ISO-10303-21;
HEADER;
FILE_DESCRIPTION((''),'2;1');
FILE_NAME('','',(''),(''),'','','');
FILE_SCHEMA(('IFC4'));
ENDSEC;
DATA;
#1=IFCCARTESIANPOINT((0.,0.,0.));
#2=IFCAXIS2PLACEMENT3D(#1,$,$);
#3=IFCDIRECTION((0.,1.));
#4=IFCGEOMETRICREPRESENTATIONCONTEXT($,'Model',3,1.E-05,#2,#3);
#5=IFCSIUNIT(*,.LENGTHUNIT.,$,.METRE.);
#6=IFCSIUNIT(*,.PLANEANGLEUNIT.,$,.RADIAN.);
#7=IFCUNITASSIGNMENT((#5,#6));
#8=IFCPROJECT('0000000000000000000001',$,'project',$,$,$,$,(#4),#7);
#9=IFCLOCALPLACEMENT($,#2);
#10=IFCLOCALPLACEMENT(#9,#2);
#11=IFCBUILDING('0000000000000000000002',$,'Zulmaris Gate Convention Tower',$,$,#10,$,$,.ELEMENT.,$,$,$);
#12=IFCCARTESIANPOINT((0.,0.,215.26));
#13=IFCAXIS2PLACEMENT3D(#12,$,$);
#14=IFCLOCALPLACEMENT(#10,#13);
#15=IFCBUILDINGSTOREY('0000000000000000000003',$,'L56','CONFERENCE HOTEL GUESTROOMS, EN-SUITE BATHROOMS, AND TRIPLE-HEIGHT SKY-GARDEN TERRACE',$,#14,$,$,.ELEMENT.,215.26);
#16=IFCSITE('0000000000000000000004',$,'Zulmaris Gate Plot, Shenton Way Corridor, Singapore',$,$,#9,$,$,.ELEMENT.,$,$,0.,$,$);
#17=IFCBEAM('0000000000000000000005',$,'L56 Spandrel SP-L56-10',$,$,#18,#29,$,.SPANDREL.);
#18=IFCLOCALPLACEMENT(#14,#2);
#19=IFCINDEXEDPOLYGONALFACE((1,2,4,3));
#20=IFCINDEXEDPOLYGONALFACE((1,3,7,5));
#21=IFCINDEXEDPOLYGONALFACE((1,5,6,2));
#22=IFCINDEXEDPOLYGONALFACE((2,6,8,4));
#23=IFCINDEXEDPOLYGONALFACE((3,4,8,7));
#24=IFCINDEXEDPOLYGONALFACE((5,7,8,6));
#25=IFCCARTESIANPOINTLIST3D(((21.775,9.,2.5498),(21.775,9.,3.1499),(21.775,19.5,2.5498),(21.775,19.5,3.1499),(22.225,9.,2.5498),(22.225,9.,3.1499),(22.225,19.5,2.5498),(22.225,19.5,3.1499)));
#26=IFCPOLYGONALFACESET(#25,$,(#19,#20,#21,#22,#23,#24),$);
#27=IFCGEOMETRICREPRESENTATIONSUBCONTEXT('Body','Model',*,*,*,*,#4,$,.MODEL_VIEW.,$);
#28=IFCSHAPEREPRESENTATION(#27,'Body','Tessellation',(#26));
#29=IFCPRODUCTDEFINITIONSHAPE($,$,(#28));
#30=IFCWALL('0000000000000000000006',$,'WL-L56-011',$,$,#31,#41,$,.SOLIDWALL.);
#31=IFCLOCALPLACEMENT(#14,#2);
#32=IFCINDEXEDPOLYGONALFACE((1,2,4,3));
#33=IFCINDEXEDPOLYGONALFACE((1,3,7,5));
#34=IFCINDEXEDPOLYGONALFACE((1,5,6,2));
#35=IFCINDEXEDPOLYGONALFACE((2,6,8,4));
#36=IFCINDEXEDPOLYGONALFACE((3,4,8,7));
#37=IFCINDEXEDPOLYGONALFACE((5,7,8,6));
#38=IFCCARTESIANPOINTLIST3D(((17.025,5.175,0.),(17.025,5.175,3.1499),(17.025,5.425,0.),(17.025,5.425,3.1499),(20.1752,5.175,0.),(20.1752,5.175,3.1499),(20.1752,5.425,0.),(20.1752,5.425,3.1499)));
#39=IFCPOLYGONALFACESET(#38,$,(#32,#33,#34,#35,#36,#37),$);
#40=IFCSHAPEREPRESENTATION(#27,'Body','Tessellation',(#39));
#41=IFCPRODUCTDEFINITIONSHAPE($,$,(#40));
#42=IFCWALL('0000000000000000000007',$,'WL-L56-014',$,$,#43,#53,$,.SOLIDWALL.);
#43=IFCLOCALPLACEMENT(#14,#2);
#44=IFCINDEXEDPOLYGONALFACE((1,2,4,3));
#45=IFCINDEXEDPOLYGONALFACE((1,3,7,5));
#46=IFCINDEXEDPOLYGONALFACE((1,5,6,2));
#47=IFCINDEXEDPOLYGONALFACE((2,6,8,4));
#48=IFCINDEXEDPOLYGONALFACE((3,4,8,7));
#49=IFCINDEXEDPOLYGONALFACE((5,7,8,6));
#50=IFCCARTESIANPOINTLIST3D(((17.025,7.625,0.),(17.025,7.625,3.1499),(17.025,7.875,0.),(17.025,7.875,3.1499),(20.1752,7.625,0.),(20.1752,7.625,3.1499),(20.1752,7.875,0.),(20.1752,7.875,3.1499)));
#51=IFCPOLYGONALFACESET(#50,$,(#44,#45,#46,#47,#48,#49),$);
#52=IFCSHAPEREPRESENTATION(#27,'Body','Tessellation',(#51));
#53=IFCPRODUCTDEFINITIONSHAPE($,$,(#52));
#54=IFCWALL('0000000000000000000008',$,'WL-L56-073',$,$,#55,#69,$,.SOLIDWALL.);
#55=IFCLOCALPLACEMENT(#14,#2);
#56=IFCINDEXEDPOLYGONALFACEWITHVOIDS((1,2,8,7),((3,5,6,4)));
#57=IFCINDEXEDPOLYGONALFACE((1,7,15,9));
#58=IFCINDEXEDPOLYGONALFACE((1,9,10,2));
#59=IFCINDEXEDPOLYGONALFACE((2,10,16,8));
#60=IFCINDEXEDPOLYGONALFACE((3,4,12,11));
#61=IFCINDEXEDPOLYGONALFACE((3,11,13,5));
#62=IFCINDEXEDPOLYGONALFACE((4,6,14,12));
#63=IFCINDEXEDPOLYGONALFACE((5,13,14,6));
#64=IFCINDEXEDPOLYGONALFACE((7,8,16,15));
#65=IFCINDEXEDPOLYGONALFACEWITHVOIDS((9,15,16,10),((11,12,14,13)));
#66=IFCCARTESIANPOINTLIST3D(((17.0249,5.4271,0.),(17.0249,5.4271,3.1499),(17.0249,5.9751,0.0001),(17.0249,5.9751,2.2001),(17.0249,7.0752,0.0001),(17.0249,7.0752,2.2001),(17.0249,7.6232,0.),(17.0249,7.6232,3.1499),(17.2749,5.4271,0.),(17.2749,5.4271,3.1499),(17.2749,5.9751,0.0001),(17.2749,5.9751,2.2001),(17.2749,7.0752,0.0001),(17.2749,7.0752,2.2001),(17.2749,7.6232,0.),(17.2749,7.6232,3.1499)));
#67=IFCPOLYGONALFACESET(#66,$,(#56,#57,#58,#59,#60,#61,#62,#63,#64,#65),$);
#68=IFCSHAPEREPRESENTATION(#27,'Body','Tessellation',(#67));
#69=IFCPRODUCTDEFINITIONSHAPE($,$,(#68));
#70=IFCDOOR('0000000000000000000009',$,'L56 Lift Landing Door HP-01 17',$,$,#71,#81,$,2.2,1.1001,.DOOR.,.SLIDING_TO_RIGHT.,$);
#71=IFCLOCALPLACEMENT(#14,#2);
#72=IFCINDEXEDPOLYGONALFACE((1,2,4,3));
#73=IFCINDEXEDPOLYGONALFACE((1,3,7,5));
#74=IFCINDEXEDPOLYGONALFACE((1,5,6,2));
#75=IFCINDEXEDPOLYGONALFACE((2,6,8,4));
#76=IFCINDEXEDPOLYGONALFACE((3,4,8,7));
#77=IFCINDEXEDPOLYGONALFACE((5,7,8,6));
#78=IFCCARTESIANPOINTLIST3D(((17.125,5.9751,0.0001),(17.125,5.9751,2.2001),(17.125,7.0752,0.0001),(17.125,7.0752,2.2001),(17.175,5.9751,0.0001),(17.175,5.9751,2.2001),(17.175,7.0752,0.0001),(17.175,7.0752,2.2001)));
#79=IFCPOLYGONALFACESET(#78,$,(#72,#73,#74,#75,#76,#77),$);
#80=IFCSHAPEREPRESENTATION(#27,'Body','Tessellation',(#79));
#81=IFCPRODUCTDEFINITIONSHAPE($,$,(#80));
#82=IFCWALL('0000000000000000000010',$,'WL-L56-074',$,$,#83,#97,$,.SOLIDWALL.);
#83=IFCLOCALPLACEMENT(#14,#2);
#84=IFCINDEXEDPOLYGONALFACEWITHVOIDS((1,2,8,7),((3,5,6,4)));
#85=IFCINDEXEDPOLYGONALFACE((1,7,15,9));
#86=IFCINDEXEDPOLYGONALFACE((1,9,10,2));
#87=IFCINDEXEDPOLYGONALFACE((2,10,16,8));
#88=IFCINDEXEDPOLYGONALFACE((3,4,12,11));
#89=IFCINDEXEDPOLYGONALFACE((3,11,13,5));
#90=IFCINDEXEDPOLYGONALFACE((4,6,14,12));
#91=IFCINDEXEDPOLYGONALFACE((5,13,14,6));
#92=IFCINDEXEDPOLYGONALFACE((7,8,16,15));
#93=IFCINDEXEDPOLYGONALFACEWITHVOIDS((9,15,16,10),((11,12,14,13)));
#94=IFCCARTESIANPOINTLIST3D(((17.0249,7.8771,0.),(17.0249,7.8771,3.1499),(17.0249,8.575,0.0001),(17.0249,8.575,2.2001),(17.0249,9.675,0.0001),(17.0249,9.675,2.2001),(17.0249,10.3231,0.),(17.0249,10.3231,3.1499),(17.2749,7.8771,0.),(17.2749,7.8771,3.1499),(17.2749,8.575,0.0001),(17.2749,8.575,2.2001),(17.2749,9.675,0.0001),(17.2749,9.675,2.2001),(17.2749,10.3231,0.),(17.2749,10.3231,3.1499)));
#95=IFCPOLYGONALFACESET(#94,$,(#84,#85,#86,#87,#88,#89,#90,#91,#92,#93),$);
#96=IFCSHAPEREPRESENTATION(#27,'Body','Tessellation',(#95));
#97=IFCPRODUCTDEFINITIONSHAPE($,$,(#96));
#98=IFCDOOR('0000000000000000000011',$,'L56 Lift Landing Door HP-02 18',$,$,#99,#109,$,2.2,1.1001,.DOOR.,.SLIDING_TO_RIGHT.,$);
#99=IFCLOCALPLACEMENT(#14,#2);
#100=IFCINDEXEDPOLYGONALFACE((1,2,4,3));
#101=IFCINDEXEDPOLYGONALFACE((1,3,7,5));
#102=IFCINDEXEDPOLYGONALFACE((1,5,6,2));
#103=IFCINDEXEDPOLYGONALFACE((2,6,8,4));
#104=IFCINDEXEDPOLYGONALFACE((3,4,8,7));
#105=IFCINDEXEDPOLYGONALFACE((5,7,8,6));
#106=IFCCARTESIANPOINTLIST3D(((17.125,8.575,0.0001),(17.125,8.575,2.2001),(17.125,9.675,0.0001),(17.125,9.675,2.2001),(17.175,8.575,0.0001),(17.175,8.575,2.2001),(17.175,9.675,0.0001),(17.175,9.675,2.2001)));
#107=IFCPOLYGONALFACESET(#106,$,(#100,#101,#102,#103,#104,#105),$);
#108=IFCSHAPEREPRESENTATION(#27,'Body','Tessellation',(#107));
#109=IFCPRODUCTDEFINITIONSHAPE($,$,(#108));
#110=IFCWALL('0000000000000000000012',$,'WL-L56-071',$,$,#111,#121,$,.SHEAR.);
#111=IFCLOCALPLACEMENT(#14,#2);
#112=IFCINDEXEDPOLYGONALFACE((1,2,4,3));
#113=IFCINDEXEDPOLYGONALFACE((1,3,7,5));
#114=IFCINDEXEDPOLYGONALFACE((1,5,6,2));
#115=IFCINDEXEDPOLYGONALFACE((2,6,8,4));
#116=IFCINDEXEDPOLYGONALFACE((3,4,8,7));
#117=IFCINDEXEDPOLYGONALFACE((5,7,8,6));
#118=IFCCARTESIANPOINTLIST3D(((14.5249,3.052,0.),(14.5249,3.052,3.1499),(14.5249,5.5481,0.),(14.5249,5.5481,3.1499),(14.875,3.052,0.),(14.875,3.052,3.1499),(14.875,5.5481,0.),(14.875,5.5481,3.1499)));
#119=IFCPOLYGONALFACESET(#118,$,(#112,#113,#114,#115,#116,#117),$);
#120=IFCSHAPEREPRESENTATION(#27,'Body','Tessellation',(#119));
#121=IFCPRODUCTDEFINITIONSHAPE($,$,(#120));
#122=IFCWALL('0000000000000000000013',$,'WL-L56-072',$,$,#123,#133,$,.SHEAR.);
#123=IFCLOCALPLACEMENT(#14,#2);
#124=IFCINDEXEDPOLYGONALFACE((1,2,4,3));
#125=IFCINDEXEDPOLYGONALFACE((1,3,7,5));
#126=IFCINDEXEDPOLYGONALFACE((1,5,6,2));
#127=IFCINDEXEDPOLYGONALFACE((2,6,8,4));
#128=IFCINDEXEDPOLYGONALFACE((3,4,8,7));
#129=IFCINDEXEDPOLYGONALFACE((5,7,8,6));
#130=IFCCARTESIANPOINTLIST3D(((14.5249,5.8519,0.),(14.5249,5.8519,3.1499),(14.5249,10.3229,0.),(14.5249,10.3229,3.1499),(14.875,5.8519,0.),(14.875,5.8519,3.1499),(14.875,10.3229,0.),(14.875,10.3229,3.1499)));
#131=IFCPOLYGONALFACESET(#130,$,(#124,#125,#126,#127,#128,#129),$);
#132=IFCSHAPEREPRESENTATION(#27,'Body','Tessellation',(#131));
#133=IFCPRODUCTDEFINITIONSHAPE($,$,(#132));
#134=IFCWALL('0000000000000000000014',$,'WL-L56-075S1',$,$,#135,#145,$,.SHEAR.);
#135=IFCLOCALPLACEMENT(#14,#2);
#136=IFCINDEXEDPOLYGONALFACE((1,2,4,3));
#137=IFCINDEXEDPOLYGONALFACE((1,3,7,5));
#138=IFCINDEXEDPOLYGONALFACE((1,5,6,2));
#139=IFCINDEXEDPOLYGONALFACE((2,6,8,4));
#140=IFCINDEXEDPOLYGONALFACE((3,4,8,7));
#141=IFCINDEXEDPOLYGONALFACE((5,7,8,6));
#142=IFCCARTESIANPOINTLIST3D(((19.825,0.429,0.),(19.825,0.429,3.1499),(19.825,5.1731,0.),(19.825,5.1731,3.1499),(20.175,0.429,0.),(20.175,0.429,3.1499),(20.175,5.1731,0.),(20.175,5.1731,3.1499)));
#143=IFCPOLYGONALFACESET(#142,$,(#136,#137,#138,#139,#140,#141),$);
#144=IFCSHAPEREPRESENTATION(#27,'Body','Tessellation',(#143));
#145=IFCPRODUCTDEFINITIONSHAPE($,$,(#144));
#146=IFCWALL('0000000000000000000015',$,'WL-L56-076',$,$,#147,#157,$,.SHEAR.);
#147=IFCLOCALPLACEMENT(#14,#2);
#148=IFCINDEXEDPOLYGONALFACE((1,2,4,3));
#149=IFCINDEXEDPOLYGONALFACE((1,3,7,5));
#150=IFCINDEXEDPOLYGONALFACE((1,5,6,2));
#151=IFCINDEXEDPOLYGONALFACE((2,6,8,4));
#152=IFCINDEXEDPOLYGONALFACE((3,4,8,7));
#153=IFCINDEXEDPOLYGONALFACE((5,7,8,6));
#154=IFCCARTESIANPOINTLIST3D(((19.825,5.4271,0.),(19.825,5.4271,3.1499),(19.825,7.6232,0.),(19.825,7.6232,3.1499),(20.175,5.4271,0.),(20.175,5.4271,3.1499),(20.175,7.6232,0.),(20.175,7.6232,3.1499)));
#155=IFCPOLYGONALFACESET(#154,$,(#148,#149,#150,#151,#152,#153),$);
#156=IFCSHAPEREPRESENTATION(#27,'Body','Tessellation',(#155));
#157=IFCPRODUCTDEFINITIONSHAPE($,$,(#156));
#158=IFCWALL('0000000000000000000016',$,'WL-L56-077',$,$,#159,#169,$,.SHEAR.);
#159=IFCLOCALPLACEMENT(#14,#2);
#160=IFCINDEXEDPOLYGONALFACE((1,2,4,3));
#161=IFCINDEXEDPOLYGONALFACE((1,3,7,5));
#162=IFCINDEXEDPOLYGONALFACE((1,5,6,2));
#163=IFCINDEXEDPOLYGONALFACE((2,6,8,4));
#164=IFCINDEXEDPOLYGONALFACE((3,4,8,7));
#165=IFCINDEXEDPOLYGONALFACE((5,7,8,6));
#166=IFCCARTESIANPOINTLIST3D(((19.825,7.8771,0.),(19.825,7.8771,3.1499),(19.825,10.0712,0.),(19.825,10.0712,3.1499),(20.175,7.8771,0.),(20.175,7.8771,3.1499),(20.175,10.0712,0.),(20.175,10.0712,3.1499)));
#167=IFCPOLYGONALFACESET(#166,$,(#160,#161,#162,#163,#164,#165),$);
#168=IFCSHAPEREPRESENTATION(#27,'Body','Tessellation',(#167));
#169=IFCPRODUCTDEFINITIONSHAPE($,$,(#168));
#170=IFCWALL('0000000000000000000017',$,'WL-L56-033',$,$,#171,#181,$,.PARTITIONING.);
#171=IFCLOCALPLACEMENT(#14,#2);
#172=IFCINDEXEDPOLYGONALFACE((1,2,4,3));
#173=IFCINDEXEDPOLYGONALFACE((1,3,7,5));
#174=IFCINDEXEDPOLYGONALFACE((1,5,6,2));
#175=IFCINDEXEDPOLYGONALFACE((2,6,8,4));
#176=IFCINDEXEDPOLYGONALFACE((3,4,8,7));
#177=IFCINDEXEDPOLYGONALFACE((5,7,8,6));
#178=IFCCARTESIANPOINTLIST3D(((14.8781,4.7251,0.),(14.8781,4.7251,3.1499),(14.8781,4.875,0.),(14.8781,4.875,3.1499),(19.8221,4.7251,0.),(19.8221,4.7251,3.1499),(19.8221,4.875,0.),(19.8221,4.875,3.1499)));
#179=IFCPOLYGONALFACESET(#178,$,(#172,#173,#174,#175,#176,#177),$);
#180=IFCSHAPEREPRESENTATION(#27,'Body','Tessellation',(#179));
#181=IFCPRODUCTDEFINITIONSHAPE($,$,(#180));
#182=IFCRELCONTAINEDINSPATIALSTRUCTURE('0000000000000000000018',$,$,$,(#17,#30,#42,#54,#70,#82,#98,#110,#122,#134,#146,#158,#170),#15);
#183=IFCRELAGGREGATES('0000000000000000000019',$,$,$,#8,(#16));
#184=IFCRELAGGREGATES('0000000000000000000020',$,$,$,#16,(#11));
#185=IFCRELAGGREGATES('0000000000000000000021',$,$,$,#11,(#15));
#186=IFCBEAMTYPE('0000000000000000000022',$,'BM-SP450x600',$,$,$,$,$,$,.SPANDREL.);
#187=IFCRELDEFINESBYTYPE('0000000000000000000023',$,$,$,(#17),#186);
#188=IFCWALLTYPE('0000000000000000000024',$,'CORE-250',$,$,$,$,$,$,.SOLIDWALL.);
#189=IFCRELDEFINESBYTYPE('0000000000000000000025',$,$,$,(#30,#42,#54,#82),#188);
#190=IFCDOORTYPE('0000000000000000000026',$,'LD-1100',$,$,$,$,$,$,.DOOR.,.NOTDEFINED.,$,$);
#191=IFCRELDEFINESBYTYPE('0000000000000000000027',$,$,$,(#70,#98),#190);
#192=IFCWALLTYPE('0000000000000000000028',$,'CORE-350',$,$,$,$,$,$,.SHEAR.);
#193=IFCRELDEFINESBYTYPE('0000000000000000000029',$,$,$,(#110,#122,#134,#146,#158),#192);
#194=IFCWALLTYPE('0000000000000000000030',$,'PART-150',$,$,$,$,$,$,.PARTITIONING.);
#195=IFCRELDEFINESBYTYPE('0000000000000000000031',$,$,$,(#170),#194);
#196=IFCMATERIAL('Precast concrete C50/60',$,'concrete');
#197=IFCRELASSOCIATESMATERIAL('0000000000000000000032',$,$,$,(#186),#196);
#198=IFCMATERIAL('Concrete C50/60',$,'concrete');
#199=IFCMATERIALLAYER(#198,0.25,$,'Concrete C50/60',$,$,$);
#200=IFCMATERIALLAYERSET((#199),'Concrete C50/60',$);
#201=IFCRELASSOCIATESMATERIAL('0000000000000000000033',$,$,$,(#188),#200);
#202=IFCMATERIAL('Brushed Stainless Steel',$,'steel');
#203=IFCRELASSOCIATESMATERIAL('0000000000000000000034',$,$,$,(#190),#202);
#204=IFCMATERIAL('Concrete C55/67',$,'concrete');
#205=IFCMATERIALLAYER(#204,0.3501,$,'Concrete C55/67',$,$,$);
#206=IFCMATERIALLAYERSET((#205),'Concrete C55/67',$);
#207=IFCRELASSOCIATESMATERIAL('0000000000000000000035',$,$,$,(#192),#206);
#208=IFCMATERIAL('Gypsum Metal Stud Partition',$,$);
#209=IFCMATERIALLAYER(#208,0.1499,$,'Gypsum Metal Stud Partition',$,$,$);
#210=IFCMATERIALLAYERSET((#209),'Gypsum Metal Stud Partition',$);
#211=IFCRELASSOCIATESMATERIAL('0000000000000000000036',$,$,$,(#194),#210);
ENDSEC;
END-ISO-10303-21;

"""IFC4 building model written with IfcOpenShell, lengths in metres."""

from ifc_helpers import new_model, si_unit, direction, frame, frame_2d, origin, origin_2d, place, context, subcontext, project, spatial, rectangle, extrude, material, layer, layer_set, material_profile, profile_set, type_object, element, fill, save


model = new_model("IFC4")

# Units and contexts
model_context = context("Model", 3, precision=1e-05, world=origin(), true_north=direction((0.0, 1.0)))
body_context = subcontext(model_context, "Body", "Model", "MODEL_VIEW")
ifc_project = project(units=[si_unit("LENGTHUNIT", "METRE"), si_unit("PLANEANGLEUNIT", "RADIAN")], contexts=[model_context])

# Site, building, storey
site_placement = place(None, origin())
site = spatial("IfcSite", under=ifc_project, at=site_placement, Name="Zulmaris Gate Plot, Shenton Way Corridor, Singapore", CompositionType="ELEMENT", RefElevation=0.0)
building_placement = place(site_placement, origin())
building = spatial("IfcBuilding", under=site, at=building_placement, Name="Zulmaris Gate Convention Tower", CompositionType="ELEMENT")
storey_placement = place(building_placement, frame((0.0, 0.0, 215.26)))
storey = spatial("IfcBuildingStorey", under=building, at=storey_placement, Name="L56", Description="CONFERENCE HOTEL GUESTROOMS, EN-SUITE BATHROOMS, AND TRIPLE-HEIGHT SKY-GARDEN TERRACE", CompositionType="ELEMENT", Elevation=215.26)

# Beam
ifc_material_1 = material(Name="Concrete C50/60", Category="concrete")
ifc_material_2 = material(Name="Precast concrete C50/60", Category="concrete")
ifc_material_profile_1 = material_profile(ifc_material_2, rectangle(XDim=0.45, YDim=0.6001, at=origin_2d()), Name="RC SPANDREL 450x600")
ifc_profile_set_1 = profile_set([ifc_material_profile_1], Name="Precast concrete C50/60")
beam_type_1 = type_object("IfcBeamType", Name="BM-SP450x600", PredefinedType="SPANDREL", material=ifc_profile_set_1)
beam_1_placement = place(storey_placement, frame((22.0, 9.0, 2.8499), z_axis=(0.0, 1.0, 0.0), x_axis=(-1.0, 0.0, 0.0)))
element("IfcBeam", 1, at=beam_1_placement, inside=storey, type_object=beam_type_1, Name="L56 Spandrel SP-L56-10", PredefinedType="SPANDREL", context=body_context, shape_type="SweptSolid", body=[
    extrude(rectangle(XDim=0.45, YDim=0.6001, at=origin_2d()), origin(), (0.0, 0.0, 1.0), 10.5),
])

# Walls
ifc_layer_1 = layer(ifc_material_1, 0.25, Name="Concrete C50/60")
ifc_layer_set_1 = layer_set([ifc_layer_1], Name="Concrete C50/60")
wall_type_1 = type_object("IfcWallType", Name="CORE-250", PredefinedType="SOLIDWALL", material=ifc_layer_set_1)
for number, where, z_axis, x_axis, name in (
    (2, (17.0249, 5.3, 0.0), (0.0, 0.0, 1.0), (1.0, 0.0, 0.0), "WL-L56-011"),
    (3, (17.0249, 7.75, 0.0), (0.0, 0.0, 1.0), (1.0, 0.0, 0.0), "WL-L56-014"),
):
    element("IfcWall", number, at=place(storey_placement, frame(where, z_axis=z_axis, x_axis=x_axis)), inside=storey, type_object=wall_type_1, Name=name, PredefinedType="SOLIDWALL", context=body_context, shape_type="SweptSolid", body=[
        extrude(rectangle(XDim=3.1501, YDim=0.25, at=frame_2d((1.5752, 0.0))), origin(), (0.0, 0.0, 1.0), 3.1499),
    ])

# Walls, openings, doors
wall_1_placement = place(storey_placement, frame((17.1499, 5.427, 0.0), z_axis=(0.0, 0.0, 1.0), x_axis=(0.0, 1.0, 0.0)))
wall_1 = element("IfcWall", 4, at=wall_1_placement, inside=storey, type_object=wall_type_1, Name="WL-L56-073", PredefinedType="SOLIDWALL", context=body_context, shape_type="SweptSolid", body=[
    extrude(rectangle(XDim=2.196, YDim=0.25, at=frame_2d((1.0981, 0.0))), origin(), (0.0, 0.0, 1.0), 3.1499),
])
opening_1_placement = place(wall_1_placement, frame((0.5481, 0.0, 0.0)))
opening_1 = element("IfcOpeningElement", 5, at=opening_1_placement, cuts=wall_1, PredefinedType="OPENING", context=body_context, shape_type="SweptSolid", body=[
    extrude(rectangle(XDim=1.1001, YDim=2.2, at=frame_2d((0.55, 1.1001))), frame((0.0, 0.135, 0.0), z_axis=(0.0, -1.0, 0.0), x_axis=(1.0, 0.0, 0.0)), (0.0, 0.0, 1.0), 0.27),
])
ifc_material_3 = material(Name="Brushed Stainless Steel", Category="steel")
door_type = type_object("IfcDoorType", Name="LD-1100", OperationType="NOTDEFINED", PredefinedType="DOOR", material=ifc_material_3)
door_1_placement = place(opening_1_placement, origin())
door_1 = element("IfcDoor", 6, at=door_1_placement, inside=storey, type_object=door_type, Name="L56 Lift Landing Door HP-01 17", OperationType="SLIDING_TO_RIGHT", OverallHeight=2.2, OverallWidth=1.1001, PredefinedType="DOOR", context=body_context, shape_type="SweptSolid", body=[
    extrude(rectangle(XDim=1.1001, YDim=2.2, at=frame_2d((0.55, 1.1001))), frame((0.0, 0.0249, 0.0), z_axis=(0.0, -1.0, 0.0), x_axis=(1.0, 0.0, 0.0)), (0.0, 0.0, 1.0), 0.05),
])
fill(opening_1, door_1)
wall_2_placement = place(storey_placement, frame((17.1499, 7.877, 0.0), z_axis=(0.0, 0.0, 1.0), x_axis=(0.0, 1.0, 0.0)))
wall_2 = element("IfcWall", 7, at=wall_2_placement, inside=storey, type_object=wall_type_1, Name="WL-L56-074", PredefinedType="SOLIDWALL", context=body_context, shape_type="SweptSolid", body=[
    extrude(rectangle(XDim=2.446, YDim=0.25, at=frame_2d((1.2231, 0.0))), origin(), (0.0, 0.0, 1.0), 3.1499),
])
opening_2_placement = place(wall_2_placement, frame((0.698, 0.0, 0.0)))
opening_2 = element("IfcOpeningElement", 8, at=opening_2_placement, cuts=wall_2, PredefinedType="OPENING", context=body_context, shape_type="SweptSolid", body=[
    extrude(rectangle(XDim=1.1001, YDim=2.2, at=frame_2d((0.55, 1.1001))), frame((0.0, 0.135, 0.0), z_axis=(0.0, -1.0, 0.0), x_axis=(1.0, 0.0, 0.0)), (0.0, 0.0, 1.0), 0.27),
])
door_2_placement = place(opening_2_placement, origin())
door_2 = element("IfcDoor", 9, at=door_2_placement, inside=storey, type_object=door_type, Name="L56 Lift Landing Door HP-02 18", OperationType="SLIDING_TO_RIGHT", OverallHeight=2.2, OverallWidth=1.1001, PredefinedType="DOOR", context=body_context, shape_type="SweptSolid", body=[
    extrude(rectangle(XDim=1.1001, YDim=2.2, at=frame_2d((0.55, 1.1001))), frame((0.0, 0.0249, 0.0), z_axis=(0.0, -1.0, 0.0), x_axis=(1.0, 0.0, 0.0)), (0.0, 0.0, 1.0), 0.05),
])
fill(opening_2, door_2)

# Walls
ifc_material_4 = material(Name="Concrete C55/67", Category="concrete")
ifc_layer_2 = layer(ifc_material_4, 0.3501, Name="Concrete C55/67")
ifc_layer_set_2 = layer_set([ifc_layer_2], Name="Concrete C55/67")
wall_type_2 = type_object("IfcWallType", Name="CORE-350", PredefinedType="SHEAR", material=ifc_layer_set_2)
wall_3_placement = place(storey_placement, frame((14.7, 3.052, 0.0), z_axis=(0.0, 0.0, 1.0), x_axis=(0.0, 1.0, 0.0)))
element("IfcWall", 10, at=wall_3_placement, inside=storey, type_object=wall_type_2, Name="WL-L56-071", PredefinedType="SHEAR", context=body_context, shape_type="SweptSolid", body=[
    extrude(rectangle(XDim=2.4961, YDim=0.3501, at=frame_2d((1.248, 0.0))), origin(), (0.0, 0.0, 1.0), 3.1499),
])
wall_4_placement = place(storey_placement, frame((14.7, 5.8521, 0.0), z_axis=(0.0, 0.0, 1.0), x_axis=(0.0, 1.0, 0.0)))
element("IfcWall", 11, at=wall_4_placement, inside=storey, type_object=wall_type_2, Name="WL-L56-072", PredefinedType="SHEAR", context=body_context, shape_type="SweptSolid", body=[
    extrude(rectangle(XDim=4.4709, YDim=0.3501, at=frame_2d((2.2354, 0.0))), origin(), (0.0, 0.0, 1.0), 3.1499),
])
wall_5_placement = place(storey_placement, frame((20.0, 0.429, 0.0), z_axis=(0.0, 0.0, 1.0), x_axis=(0.0, 1.0, 0.0)))
element("IfcWall", 12, at=wall_5_placement, inside=storey, type_object=wall_type_2, Name="WL-L56-075S1", PredefinedType="SHEAR", context=body_context, shape_type="SweptSolid", body=[
    extrude(rectangle(XDim=4.7441, YDim=0.3501, at=frame_2d((2.3721, 0.0))), origin(), (0.0, 0.0, 1.0), 3.1499),
])
wall_6_placement = place(storey_placement, frame((20.0, 5.427, 0.0), z_axis=(0.0, 0.0, 1.0), x_axis=(0.0, 1.0, 0.0)))
element("IfcWall", 13, at=wall_6_placement, inside=storey, type_object=wall_type_2, Name="WL-L56-076", PredefinedType="SHEAR", context=body_context, shape_type="SweptSolid", body=[
    extrude(rectangle(XDim=2.196, YDim=0.3501, at=frame_2d((1.0981, 0.0))), origin(), (0.0, 0.0, 1.0), 3.1499),
])
wall_7_placement = place(storey_placement, frame((20.0, 7.877, 0.0), z_axis=(0.0, 0.0, 1.0), x_axis=(0.0, 1.0, 0.0)))
element("IfcWall", 14, at=wall_7_placement, inside=storey, type_object=wall_type_2, Name="WL-L56-077", PredefinedType="SHEAR", context=body_context, shape_type="SweptSolid", body=[
    extrude(rectangle(XDim=2.1941, YDim=0.3501, at=frame_2d((1.0972, 0.0))), origin(), (0.0, 0.0, 1.0), 3.1499),
])
ifc_material_5 = material(Name="Gypsum Metal Stud Partition")
ifc_layer_3 = layer(ifc_material_5, 0.1499, Name="Gypsum Metal Stud Partition")
ifc_layer_set_3 = layer_set([ifc_layer_3], Name="Gypsum Metal Stud Partition")
wall_type_3 = type_object("IfcWallType", Name="PART-150", PredefinedType="PARTITIONING", material=ifc_layer_set_3)
wall_8_placement = place(storey_placement, frame((14.8779, 4.8, 0.0), z_axis=(0.0, 0.0, 1.0), x_axis=(1.0, 0.0, 0.0)))
element("IfcWall", 15, at=wall_8_placement, inside=storey, type_object=wall_type_3, Name="WL-L56-033", PredefinedType="PARTITIONING", context=body_context, shape_type="SweptSolid", body=[
    extrude(rectangle(XDim=4.9441, YDim=0.1499, at=frame_2d((2.4722, 0.0))), origin(), (0.0, 0.0, 1.0), 3.1499),
])

save(model, "model.ifc")
